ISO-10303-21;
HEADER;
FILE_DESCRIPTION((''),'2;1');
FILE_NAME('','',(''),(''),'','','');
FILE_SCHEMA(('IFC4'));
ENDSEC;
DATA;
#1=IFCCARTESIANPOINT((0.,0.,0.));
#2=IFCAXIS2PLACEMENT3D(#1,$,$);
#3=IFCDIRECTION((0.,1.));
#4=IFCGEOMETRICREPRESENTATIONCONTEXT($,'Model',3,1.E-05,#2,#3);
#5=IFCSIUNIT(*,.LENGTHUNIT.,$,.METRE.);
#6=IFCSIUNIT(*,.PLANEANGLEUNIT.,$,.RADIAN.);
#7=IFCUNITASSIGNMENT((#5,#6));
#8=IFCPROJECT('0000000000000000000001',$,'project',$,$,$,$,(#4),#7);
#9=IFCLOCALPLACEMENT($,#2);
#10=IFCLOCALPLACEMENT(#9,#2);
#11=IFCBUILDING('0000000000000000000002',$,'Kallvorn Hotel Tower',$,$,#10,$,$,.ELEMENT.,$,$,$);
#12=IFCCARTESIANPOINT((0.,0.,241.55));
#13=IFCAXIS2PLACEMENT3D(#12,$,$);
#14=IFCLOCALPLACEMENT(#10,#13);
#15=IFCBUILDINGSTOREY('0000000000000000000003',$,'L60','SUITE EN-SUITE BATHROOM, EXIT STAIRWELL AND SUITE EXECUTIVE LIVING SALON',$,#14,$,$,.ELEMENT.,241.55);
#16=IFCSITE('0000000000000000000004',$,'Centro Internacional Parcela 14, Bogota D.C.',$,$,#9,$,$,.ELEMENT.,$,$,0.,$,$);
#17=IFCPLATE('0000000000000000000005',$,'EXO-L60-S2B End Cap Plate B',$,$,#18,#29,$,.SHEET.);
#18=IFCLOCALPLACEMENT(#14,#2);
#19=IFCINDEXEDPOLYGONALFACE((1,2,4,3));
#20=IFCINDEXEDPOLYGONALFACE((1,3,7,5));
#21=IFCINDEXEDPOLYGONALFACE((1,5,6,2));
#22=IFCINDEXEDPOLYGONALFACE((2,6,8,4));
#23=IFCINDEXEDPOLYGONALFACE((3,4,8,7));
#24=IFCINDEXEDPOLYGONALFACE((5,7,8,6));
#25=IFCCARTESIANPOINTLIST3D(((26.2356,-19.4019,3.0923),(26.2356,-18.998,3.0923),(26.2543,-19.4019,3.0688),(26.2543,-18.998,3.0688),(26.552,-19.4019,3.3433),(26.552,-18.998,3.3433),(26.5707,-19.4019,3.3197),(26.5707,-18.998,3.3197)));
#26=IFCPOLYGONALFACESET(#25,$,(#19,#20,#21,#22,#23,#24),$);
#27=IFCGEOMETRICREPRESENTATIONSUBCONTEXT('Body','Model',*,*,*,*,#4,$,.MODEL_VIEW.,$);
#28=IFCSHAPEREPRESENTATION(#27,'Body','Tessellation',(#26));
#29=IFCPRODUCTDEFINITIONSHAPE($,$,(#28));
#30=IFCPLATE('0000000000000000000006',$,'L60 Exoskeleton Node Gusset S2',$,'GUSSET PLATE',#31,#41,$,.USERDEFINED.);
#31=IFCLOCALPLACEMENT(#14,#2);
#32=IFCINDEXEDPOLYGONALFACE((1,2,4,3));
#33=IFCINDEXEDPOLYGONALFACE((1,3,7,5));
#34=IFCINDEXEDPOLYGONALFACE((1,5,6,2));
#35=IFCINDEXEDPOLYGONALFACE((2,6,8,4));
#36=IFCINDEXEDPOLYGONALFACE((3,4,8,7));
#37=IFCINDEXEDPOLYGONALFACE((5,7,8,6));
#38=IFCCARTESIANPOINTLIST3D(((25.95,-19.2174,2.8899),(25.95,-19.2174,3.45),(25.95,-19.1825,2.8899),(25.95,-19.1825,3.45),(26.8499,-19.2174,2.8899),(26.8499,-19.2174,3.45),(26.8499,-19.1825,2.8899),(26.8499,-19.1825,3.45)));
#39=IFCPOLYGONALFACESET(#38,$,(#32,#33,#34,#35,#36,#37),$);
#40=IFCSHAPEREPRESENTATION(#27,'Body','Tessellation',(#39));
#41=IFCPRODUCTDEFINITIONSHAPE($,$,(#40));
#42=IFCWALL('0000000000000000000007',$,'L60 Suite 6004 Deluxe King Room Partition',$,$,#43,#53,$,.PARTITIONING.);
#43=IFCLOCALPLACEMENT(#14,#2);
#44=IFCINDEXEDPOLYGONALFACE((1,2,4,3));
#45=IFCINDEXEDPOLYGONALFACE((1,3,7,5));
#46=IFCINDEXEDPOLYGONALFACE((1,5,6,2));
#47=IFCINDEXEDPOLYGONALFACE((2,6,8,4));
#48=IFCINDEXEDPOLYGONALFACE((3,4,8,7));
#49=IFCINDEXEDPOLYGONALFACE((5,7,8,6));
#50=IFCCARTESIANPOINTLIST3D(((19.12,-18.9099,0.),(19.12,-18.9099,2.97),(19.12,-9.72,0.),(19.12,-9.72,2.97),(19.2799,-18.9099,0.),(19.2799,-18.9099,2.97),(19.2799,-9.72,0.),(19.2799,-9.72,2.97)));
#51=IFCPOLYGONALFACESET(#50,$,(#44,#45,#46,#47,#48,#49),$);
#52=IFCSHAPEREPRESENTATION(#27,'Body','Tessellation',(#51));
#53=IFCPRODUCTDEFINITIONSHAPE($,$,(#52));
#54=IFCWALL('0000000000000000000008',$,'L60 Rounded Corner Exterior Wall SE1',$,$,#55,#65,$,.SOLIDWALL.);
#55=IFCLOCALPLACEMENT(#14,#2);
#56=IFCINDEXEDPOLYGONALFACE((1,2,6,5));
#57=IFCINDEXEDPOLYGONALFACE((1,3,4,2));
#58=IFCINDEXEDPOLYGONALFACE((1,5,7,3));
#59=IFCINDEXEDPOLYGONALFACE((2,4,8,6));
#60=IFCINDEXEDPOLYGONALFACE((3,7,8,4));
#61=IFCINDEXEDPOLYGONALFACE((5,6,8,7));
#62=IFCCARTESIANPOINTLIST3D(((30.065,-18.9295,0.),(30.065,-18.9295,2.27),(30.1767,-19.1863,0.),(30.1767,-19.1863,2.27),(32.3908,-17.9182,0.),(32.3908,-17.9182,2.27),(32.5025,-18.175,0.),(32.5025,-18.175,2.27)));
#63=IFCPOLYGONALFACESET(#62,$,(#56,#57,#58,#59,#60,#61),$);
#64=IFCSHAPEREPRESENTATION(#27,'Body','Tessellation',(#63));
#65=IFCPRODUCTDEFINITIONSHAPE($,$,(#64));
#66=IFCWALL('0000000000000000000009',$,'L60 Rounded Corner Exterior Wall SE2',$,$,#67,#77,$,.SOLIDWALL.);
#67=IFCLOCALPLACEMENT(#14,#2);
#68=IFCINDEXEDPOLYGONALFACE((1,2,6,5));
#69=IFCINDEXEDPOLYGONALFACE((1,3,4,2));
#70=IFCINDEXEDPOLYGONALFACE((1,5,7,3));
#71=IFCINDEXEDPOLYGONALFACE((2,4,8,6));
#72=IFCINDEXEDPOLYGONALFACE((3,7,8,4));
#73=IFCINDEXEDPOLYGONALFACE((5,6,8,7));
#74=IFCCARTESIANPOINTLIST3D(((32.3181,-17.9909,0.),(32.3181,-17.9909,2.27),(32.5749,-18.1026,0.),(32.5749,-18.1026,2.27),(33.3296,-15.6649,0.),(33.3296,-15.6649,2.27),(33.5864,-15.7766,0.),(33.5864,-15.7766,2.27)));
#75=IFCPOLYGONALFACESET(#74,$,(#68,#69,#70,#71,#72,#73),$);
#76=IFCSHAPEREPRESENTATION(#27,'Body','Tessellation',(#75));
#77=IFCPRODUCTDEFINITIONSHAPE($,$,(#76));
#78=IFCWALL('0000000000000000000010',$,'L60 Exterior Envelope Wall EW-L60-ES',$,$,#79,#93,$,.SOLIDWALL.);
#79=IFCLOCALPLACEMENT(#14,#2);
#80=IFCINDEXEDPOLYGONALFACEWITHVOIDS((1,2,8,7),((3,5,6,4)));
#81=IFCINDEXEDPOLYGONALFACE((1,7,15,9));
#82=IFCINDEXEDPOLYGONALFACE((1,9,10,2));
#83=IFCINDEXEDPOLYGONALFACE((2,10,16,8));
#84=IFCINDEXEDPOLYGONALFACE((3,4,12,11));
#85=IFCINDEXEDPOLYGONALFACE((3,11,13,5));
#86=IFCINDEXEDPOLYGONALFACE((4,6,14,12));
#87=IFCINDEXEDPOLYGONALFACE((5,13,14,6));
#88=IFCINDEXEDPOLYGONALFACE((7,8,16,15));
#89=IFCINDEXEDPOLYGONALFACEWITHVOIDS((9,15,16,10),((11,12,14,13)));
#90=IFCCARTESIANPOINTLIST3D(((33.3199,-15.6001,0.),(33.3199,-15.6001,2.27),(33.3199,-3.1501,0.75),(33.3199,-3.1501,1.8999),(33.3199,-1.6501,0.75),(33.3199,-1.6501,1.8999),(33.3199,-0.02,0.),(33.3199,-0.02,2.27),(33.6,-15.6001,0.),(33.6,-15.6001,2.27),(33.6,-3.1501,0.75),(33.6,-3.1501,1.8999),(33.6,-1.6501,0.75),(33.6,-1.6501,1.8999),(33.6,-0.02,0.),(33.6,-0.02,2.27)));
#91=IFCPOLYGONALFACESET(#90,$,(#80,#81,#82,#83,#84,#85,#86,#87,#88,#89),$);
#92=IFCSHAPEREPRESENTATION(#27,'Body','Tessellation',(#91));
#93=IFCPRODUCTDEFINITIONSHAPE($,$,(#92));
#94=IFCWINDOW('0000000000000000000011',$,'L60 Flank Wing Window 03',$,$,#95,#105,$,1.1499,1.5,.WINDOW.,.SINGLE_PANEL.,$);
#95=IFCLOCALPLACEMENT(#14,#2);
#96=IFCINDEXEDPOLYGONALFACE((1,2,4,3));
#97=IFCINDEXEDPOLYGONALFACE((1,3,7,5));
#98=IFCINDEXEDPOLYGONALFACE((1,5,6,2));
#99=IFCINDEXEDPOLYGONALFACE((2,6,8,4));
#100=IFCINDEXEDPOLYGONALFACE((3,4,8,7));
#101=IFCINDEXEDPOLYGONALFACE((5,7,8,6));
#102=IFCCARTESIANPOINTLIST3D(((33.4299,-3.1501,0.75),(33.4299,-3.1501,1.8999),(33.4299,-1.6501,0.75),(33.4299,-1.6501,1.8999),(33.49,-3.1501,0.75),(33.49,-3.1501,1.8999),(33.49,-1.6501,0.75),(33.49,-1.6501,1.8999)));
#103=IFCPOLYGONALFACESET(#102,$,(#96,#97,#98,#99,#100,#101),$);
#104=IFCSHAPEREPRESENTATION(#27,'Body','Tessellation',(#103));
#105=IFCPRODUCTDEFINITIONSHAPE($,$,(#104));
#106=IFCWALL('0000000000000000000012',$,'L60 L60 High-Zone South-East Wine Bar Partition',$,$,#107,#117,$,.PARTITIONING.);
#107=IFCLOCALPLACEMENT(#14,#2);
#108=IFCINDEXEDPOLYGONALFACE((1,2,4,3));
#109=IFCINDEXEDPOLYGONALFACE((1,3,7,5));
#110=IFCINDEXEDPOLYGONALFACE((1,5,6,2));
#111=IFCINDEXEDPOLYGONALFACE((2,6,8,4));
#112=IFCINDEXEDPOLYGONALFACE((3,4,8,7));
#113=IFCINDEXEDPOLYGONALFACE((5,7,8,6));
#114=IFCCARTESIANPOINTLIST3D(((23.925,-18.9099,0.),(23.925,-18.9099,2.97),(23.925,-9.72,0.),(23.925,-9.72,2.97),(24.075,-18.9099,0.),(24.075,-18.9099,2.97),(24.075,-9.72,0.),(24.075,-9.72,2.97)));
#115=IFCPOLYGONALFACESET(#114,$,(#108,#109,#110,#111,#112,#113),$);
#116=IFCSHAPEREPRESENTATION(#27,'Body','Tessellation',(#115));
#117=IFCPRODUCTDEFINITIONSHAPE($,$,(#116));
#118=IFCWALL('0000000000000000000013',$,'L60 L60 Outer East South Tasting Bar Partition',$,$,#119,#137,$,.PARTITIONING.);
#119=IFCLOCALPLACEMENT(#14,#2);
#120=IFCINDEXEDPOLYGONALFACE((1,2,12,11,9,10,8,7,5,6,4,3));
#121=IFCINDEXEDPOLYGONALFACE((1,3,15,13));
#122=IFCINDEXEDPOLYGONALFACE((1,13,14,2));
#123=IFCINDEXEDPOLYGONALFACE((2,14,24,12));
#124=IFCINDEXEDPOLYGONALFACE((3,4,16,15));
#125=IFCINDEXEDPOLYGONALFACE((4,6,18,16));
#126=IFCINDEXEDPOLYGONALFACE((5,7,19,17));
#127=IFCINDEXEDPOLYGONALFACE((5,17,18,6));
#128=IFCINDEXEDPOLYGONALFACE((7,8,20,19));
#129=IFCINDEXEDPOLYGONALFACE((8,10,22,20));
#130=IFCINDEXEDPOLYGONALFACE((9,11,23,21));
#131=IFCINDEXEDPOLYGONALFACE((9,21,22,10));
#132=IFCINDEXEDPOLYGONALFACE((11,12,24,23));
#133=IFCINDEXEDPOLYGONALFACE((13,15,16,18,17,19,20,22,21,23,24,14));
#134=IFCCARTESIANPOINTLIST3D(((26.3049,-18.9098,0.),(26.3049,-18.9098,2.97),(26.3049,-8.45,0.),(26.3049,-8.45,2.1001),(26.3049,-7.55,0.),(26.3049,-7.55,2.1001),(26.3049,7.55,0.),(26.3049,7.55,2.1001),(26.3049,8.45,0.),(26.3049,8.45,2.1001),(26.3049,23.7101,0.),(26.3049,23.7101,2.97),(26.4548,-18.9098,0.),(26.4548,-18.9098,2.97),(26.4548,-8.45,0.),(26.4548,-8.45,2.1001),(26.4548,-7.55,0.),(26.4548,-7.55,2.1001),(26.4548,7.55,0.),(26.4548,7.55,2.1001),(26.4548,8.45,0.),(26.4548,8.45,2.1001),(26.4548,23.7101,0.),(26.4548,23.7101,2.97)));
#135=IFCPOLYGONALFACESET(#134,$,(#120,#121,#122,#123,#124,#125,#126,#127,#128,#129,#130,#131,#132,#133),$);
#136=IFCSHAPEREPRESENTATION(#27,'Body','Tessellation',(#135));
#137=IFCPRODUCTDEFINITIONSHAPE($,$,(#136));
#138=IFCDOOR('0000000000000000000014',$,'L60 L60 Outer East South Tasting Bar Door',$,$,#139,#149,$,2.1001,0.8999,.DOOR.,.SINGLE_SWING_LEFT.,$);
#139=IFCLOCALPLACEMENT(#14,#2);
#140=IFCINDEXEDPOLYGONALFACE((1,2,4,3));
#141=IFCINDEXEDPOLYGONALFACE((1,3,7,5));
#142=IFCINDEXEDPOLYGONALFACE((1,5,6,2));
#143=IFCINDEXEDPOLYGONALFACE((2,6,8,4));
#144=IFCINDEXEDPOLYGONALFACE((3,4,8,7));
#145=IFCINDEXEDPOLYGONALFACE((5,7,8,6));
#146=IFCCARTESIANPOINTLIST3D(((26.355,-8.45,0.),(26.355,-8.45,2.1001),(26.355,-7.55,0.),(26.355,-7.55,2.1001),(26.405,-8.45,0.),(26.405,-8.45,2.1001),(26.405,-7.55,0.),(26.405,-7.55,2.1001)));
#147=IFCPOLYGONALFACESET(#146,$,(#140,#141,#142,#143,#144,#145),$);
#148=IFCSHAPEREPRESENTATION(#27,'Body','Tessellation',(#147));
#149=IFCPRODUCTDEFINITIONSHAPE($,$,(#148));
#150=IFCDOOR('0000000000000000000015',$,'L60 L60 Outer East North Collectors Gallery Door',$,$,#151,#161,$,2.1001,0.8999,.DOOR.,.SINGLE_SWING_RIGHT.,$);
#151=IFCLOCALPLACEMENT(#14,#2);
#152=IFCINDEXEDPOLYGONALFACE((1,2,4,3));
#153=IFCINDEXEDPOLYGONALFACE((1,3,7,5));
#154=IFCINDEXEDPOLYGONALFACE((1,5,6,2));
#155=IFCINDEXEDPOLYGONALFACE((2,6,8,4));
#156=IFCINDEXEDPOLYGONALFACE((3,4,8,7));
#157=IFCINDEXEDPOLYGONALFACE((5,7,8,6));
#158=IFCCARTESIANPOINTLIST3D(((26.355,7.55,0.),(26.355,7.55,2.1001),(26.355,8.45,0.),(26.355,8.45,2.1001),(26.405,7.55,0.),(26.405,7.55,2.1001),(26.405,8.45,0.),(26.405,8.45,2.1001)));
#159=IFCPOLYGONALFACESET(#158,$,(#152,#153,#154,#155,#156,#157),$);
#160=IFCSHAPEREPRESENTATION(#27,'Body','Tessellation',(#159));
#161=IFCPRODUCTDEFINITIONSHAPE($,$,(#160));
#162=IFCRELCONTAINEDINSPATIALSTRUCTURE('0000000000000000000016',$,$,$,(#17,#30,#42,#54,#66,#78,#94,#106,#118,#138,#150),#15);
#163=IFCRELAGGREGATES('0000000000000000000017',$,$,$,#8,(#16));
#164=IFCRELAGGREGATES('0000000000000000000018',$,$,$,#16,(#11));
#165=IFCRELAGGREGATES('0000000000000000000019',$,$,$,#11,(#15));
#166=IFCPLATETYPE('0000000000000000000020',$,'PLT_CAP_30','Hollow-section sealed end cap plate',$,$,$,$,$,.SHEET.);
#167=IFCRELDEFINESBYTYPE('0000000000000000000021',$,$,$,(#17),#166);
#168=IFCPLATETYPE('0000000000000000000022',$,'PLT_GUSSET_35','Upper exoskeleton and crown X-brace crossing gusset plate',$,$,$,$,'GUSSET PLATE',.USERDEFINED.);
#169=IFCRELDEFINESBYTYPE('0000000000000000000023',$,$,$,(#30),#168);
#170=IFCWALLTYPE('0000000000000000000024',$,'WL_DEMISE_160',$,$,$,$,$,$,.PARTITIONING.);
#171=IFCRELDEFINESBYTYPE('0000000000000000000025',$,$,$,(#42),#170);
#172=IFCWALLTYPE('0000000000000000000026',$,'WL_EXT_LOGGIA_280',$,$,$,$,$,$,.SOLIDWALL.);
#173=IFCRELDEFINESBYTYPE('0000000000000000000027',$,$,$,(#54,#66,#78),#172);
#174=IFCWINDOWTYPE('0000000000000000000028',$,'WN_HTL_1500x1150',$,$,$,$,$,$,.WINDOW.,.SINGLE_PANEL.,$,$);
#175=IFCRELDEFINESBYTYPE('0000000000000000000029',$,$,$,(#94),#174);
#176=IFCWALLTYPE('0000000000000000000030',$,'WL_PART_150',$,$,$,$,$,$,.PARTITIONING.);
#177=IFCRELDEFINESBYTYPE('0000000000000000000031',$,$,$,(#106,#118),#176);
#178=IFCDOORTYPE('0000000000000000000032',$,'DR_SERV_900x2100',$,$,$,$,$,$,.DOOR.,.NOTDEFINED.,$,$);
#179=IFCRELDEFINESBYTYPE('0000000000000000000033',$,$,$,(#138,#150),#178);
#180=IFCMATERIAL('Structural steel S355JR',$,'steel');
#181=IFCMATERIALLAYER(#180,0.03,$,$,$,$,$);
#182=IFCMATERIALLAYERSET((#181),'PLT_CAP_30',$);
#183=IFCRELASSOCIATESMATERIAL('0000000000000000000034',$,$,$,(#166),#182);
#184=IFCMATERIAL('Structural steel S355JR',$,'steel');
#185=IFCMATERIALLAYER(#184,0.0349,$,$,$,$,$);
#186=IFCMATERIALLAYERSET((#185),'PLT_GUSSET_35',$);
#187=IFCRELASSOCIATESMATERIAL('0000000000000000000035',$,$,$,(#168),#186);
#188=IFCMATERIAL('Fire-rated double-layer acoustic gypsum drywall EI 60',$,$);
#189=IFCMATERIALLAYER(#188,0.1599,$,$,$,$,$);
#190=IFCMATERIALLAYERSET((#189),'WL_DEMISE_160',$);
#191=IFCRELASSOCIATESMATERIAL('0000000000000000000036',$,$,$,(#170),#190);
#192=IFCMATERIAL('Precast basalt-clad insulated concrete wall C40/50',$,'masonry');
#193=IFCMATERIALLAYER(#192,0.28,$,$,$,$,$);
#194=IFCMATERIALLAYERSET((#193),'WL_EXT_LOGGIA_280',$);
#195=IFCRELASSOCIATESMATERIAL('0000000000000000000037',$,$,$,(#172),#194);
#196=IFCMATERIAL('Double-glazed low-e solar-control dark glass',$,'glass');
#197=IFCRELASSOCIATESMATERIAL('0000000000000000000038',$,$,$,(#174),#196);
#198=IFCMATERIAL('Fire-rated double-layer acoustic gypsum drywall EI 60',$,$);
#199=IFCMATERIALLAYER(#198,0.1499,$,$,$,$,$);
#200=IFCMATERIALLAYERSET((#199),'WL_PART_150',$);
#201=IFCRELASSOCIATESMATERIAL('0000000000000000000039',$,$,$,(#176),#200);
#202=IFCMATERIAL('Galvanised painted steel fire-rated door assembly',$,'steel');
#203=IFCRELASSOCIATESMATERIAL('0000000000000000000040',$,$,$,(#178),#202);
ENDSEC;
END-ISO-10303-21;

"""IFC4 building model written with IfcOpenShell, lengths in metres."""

from ifc_helpers import new_model, si_unit, direction, frame, frame_2d, origin, origin_2d, place, context, subcontext, project, spatial, polyline, rectangle, outline, extrude, material, layer, layer_set, type_object, element, fill, save


model = new_model("IFC4")

# Units and contexts
model_context = context("Model", 3, precision=1e-05, world=origin(), true_north=direction((0.0, 1.0)))
body_context = subcontext(model_context, "Body", "Model", "MODEL_VIEW")
ifc_project = project(units=[si_unit("LENGTHUNIT", "METRE"), si_unit("PLANEANGLEUNIT", "RADIAN")], contexts=[model_context])

# Site, building, storey
site_placement = place(None, origin())
site = spatial("IfcSite", under=ifc_project, at=site_placement, Name="Centro Internacional Parcela 14, Bogota D.C.", CompositionType="ELEMENT", RefElevation=0.0)
building_placement = place(site_placement, origin())
building = spatial("IfcBuilding", under=site, at=building_placement, Name="Kallvorn Hotel Tower", CompositionType="ELEMENT")
storey_placement = place(building_placement, frame((0.0, 0.0, 241.55)))
storey = spatial("IfcBuildingStorey", under=building, at=storey_placement, Name="L60", Description="SUITE EN-SUITE BATHROOM, EXIT STAIRWELL AND SUITE EXECUTIVE LIVING SALON", CompositionType="ELEMENT", Elevation=241.55)

# Plates
ifc_material_1 = material(Name="Structural steel S355JR", Category="steel")
ifc_layer_1 = layer(ifc_material_1, 0.03)
ifc_layer_set_1 = layer_set([ifc_layer_1], Name="PLT_CAP_30")
plate_type_1 = type_object("IfcPlateType", Name="PLT_CAP_30", Description="Hollow-section sealed end cap plate", PredefinedType="SHEET", material=ifc_layer_set_1)
plate_1_placement = place(storey_placement, frame((26.2356, -18.998, 3.0923), z_axis=(-0.621446, 0.0, 0.783457), x_axis=(0.0, -1.0, 0.0)))
element("IfcPlate", 1, at=plate_1_placement, inside=storey, type_object=plate_type_1, Name="EXO-L60-S2B End Cap Plate B", PredefinedType="SHEET", context=body_context, shape_type="SweptSolid", body=[
    extrude(outline(polyline([(0.0, 0.0), (0.4038, 0.0), (0.4038, 0.4039), (0.0, 0.4039), (0.0, 0.0)])), origin(), (0.0, 0.0, -1.0), 0.03),
])
ifc_material_2 = material(Name="Structural steel S355JR", Category="steel")
ifc_layer_2 = layer(ifc_material_2, 0.0349)
ifc_layer_set_2 = layer_set([ifc_layer_2], Name="PLT_GUSSET_35")
plate_type_2 = type_object("IfcPlateType", Name="PLT_GUSSET_35", Description="Upper exoskeleton and crown X-brace crossing gusset plate", ElementType="GUSSET PLATE", PredefinedType="USERDEFINED", material=ifc_layer_set_2)
plate_2_placement = place(storey_placement, frame((26.3999, -19.2, 2.8899), z_axis=(0.0, 0.0, 1.0), x_axis=(1.0, 0.0, 0.0)))
element("IfcPlate", 2, at=plate_2_placement, inside=storey, type_object=plate_type_2, Name="L60 Exoskeleton Node Gusset S2", ObjectType="GUSSET PLATE", PredefinedType="USERDEFINED", context=body_context, shape_type="SweptSolid", body=[
    extrude(rectangle(XDim=0.8999, YDim=0.0349, at=origin_2d()), origin(), (0.0, 0.0, 1.0), 0.5601),
])

# Walls
ifc_material_3 = material(Name="Fire-rated double-layer acoustic gypsum drywall EI 60")
ifc_layer_3 = layer(ifc_material_3, 0.1599)
ifc_layer_set_3 = layer_set([ifc_layer_3], Name="WL_DEMISE_160")
wall_type_1 = type_object("IfcWallType", Name="WL_DEMISE_160", PredefinedType="PARTITIONING", material=ifc_layer_set_3)
wall_1_placement = place(storey_placement, frame((19.2, -18.9099, 0.0), z_axis=(0.0, 0.0, 1.0), x_axis=(0.0, 1.0, 0.0)))
element("IfcWall", 3, at=wall_1_placement, inside=storey, type_object=wall_type_1, Name="L60 Suite 6004 Deluxe King Room Partition", PredefinedType="PARTITIONING", context=body_context, shape_type="SweptSolid", body=[
    extrude(rectangle(XDim=9.1899, YDim=0.1599, at=frame_2d((4.595, 0.0))), origin(), (0.0, 0.0, 1.0), 2.97),
])
ifc_material_4 = material(Name="Precast basalt-clad insulated concrete wall C40/50", Category="masonry")
ifc_layer_4 = layer(ifc_material_4, 0.28)
ifc_layer_set_4 = layer_set([ifc_layer_4], Name="WL_EXT_LOGGIA_280")
wall_type_2 = type_object("IfcWallType", Name="WL_EXT_LOGGIA_280", PredefinedType="SOLIDWALL", material=ifc_layer_set_4)
wall_2_placement = place(storey_placement, frame((30.1208, -19.0579, 0.0), z_axis=(0.0, 0.0, 1.0), x_axis=(0.917061, 0.398747, 0.0)))
element("IfcWall", 4, at=wall_2_placement, inside=storey, type_object=wall_type_2, Name="L60 Rounded Corner Exterior Wall SE1", PredefinedType="SOLIDWALL", context=body_context, shape_type="SweptSolid", body=[
    extrude(rectangle(XDim=2.5361, YDim=0.28, at=frame_2d((1.2681, 0.0))), origin(), (0.0, 0.0, 1.0), 2.27),
])
wall_3_placement = place(storey_placement, frame((32.4465, -18.0466, 0.0), z_axis=(0.0, 0.0, 1.0), x_axis=(0.398793, 0.917041, 0.0)))
element("IfcWall", 5, at=wall_3_placement, inside=storey, type_object=wall_type_2, Name="L60 Rounded Corner Exterior Wall SE2", PredefinedType="SOLIDWALL", context=body_context, shape_type="SweptSolid", body=[
    extrude(rectangle(XDim=2.5364, YDim=0.28, at=frame_2d((1.2681, 0.0))), origin(), (0.0, 0.0, 1.0), 2.27),
])

# Wall, opening, window
wall_4_placement = place(storey_placement, frame((33.46, -15.6001, 0.0), z_axis=(0.0, 0.0, 1.0), x_axis=(0.0, 1.0, 0.0)))
wall_4 = element("IfcWall", 6, at=wall_4_placement, inside=storey, type_object=wall_type_2, Name="L60 Exterior Envelope Wall EW-L60-ES", PredefinedType="SOLIDWALL", context=body_context, shape_type="SweptSolid", body=[
    extrude(rectangle(XDim=15.5801, YDim=0.28, at=frame_2d((7.79, 0.0))), origin(), (0.0, 0.0, 1.0), 2.27),
])
opening_1_placement = place(wall_4_placement, frame((12.45, 0.0, 0.75)))
opening_1 = element("IfcOpeningElement", 7, at=opening_1_placement, cuts=wall_4, PredefinedType="OPENING", context=body_context, shape_type="SweptSolid", body=[
    extrude(rectangle(XDim=1.5, YDim=1.1499, at=frame_2d((0.75, 0.575))), frame((0.0, 0.155, 0.0), z_axis=(0.0, -1.0, 0.0), x_axis=(1.0, 0.0, 0.0)), (0.0, 0.0, 1.0), 0.3101),
])
ifc_material_5 = material(Name="Double-glazed low-e solar-control dark glass", Category="glass")
window_type = type_object("IfcWindowType", Name="WN_HTL_1500x1150", PartitioningType="SINGLE_PANEL", PredefinedType="WINDOW", material=ifc_material_5)
window_placement = place(opening_1_placement, origin())
window = element("IfcWindow", 8, at=window_placement, inside=storey, type_object=window_type, Name="L60 Flank Wing Window 03", OverallHeight=1.1499, OverallWidth=1.5, PartitioningType="SINGLE_PANEL", PredefinedType="WINDOW", context=body_context, shape_type="SweptSolid", body=[
    extrude(rectangle(XDim=1.5, YDim=1.1499, at=frame_2d((0.75, 0.575))), frame((0.0, 0.03, 0.0), z_axis=(0.0, -1.0, 0.0), x_axis=(1.0, 0.0, 0.0)), (0.0, 0.0, 1.0), 0.0601),
])
fill(opening_1, window)

# Wall
ifc_material_6 = material(Name="Fire-rated double-layer acoustic gypsum drywall EI 60")
ifc_layer_5 = layer(ifc_material_6, 0.1499)
ifc_layer_set_5 = layer_set([ifc_layer_5], Name="WL_PART_150")
wall_type_3 = type_object("IfcWallType", Name="WL_PART_150", PredefinedType="PARTITIONING", material=ifc_layer_set_5)
wall_5_placement = place(storey_placement, frame((24.0, -18.9099, 0.0), z_axis=(0.0, 0.0, 1.0), x_axis=(0.0, 1.0, 0.0)))
element("IfcWall", 9, at=wall_5_placement, inside=storey, type_object=wall_type_3, Name="L60 L60 High-Zone South-East Wine Bar Partition", PredefinedType="PARTITIONING", context=body_context, shape_type="SweptSolid", body=[
    extrude(rectangle(XDim=9.1899, YDim=0.1499, at=frame_2d((4.595, 0.0))), origin(), (0.0, 0.0, 1.0), 2.97),
])

# Wall, openings, doors
wall_6_placement = place(storey_placement, frame((26.3799, -18.9099, 0.0), z_axis=(0.0, 0.0, 1.0), x_axis=(0.0, 1.0, 0.0)))
wall_6 = element("IfcWall", 10, at=wall_6_placement, inside=storey, type_object=wall_type_3, Name="L60 L60 Outer East South Tasting Bar Partition", PredefinedType="PARTITIONING", context=body_context, shape_type="SweptSolid", body=[
    extrude(rectangle(XDim=42.6199, YDim=0.1499, at=frame_2d((21.3101, 0.0))), origin(), (0.0, 0.0, 1.0), 2.97),
])
opening_2_placement = place(wall_6_placement, frame((10.46, 0.0, 0.0)))
opening_2 = element("IfcOpeningElement", 11, at=opening_2_placement, cuts=wall_6, PredefinedType="OPENING", context=body_context, shape_type="SweptSolid", body=[
    extrude(rectangle(XDim=0.8999, YDim=2.1001, at=frame_2d((0.45, 1.05))), frame((0.0, 0.0898, 0.0), z_axis=(0.0, -1.0, 0.0), x_axis=(1.0, 0.0, 0.0)), (0.0, 0.0, 1.0), 0.1799),
])
opening_3_placement = place(wall_6_placement, frame((26.46, 0.0, 0.0)))
opening_3 = element("IfcOpeningElement", 12, at=opening_3_placement, cuts=wall_6, PredefinedType="OPENING", context=body_context, shape_type="SweptSolid", body=[
    extrude(rectangle(XDim=0.8999, YDim=2.1001, at=frame_2d((0.45, 1.05))), frame((0.0, 0.0898, 0.0), z_axis=(0.0, -1.0, 0.0), x_axis=(1.0, 0.0, 0.0)), (0.0, 0.0, 1.0), 0.1799),
])
ifc_material_7 = material(Name="Galvanised painted steel fire-rated door assembly", Category="steel")
door_type = type_object("IfcDoorType", Name="DR_SERV_900x2100", OperationType="NOTDEFINED", PredefinedType="DOOR", material=ifc_material_7)
door_1_placement = place(opening_2_placement, origin())
door_1 = element("IfcDoor", 13, at=door_1_placement, inside=storey, type_object=door_type, Name="L60 L60 Outer East South Tasting Bar Door", OperationType="SINGLE_SWING_LEFT", OverallHeight=2.1001, OverallWidth=0.8999, PredefinedType="DOOR", context=body_context, shape_type="SweptSolid", body=[
    extrude(rectangle(XDim=0.8999, YDim=2.1001, at=frame_2d((0.45, 1.05))), frame((0.0, 0.0249, 0.0), z_axis=(0.0, -1.0, 0.0), x_axis=(1.0, 0.0, 0.0)), (0.0, 0.0, 1.0), 0.05),
])
fill(opening_2, door_1)
door_2_placement = place(opening_3_placement, origin())
door_2 = element("IfcDoor", 14, at=door_2_placement, inside=storey, type_object=door_type, Name="L60 L60 Outer East North Collectors Gallery Door", OperationType="SINGLE_SWING_RIGHT", OverallHeight=2.1001, OverallWidth=0.8999, PredefinedType="DOOR", context=body_context, shape_type="SweptSolid", body=[
    extrude(rectangle(XDim=0.8999, YDim=2.1001, at=frame_2d((0.45, 1.05))), frame((0.0, 0.0249, 0.0), z_axis=(0.0, -1.0, 0.0), x_axis=(1.0, 0.0, 0.0)), (0.0, 0.0, 1.0), 0.05),
])
fill(opening_3, door_2)

save(model, "model.ifc")
